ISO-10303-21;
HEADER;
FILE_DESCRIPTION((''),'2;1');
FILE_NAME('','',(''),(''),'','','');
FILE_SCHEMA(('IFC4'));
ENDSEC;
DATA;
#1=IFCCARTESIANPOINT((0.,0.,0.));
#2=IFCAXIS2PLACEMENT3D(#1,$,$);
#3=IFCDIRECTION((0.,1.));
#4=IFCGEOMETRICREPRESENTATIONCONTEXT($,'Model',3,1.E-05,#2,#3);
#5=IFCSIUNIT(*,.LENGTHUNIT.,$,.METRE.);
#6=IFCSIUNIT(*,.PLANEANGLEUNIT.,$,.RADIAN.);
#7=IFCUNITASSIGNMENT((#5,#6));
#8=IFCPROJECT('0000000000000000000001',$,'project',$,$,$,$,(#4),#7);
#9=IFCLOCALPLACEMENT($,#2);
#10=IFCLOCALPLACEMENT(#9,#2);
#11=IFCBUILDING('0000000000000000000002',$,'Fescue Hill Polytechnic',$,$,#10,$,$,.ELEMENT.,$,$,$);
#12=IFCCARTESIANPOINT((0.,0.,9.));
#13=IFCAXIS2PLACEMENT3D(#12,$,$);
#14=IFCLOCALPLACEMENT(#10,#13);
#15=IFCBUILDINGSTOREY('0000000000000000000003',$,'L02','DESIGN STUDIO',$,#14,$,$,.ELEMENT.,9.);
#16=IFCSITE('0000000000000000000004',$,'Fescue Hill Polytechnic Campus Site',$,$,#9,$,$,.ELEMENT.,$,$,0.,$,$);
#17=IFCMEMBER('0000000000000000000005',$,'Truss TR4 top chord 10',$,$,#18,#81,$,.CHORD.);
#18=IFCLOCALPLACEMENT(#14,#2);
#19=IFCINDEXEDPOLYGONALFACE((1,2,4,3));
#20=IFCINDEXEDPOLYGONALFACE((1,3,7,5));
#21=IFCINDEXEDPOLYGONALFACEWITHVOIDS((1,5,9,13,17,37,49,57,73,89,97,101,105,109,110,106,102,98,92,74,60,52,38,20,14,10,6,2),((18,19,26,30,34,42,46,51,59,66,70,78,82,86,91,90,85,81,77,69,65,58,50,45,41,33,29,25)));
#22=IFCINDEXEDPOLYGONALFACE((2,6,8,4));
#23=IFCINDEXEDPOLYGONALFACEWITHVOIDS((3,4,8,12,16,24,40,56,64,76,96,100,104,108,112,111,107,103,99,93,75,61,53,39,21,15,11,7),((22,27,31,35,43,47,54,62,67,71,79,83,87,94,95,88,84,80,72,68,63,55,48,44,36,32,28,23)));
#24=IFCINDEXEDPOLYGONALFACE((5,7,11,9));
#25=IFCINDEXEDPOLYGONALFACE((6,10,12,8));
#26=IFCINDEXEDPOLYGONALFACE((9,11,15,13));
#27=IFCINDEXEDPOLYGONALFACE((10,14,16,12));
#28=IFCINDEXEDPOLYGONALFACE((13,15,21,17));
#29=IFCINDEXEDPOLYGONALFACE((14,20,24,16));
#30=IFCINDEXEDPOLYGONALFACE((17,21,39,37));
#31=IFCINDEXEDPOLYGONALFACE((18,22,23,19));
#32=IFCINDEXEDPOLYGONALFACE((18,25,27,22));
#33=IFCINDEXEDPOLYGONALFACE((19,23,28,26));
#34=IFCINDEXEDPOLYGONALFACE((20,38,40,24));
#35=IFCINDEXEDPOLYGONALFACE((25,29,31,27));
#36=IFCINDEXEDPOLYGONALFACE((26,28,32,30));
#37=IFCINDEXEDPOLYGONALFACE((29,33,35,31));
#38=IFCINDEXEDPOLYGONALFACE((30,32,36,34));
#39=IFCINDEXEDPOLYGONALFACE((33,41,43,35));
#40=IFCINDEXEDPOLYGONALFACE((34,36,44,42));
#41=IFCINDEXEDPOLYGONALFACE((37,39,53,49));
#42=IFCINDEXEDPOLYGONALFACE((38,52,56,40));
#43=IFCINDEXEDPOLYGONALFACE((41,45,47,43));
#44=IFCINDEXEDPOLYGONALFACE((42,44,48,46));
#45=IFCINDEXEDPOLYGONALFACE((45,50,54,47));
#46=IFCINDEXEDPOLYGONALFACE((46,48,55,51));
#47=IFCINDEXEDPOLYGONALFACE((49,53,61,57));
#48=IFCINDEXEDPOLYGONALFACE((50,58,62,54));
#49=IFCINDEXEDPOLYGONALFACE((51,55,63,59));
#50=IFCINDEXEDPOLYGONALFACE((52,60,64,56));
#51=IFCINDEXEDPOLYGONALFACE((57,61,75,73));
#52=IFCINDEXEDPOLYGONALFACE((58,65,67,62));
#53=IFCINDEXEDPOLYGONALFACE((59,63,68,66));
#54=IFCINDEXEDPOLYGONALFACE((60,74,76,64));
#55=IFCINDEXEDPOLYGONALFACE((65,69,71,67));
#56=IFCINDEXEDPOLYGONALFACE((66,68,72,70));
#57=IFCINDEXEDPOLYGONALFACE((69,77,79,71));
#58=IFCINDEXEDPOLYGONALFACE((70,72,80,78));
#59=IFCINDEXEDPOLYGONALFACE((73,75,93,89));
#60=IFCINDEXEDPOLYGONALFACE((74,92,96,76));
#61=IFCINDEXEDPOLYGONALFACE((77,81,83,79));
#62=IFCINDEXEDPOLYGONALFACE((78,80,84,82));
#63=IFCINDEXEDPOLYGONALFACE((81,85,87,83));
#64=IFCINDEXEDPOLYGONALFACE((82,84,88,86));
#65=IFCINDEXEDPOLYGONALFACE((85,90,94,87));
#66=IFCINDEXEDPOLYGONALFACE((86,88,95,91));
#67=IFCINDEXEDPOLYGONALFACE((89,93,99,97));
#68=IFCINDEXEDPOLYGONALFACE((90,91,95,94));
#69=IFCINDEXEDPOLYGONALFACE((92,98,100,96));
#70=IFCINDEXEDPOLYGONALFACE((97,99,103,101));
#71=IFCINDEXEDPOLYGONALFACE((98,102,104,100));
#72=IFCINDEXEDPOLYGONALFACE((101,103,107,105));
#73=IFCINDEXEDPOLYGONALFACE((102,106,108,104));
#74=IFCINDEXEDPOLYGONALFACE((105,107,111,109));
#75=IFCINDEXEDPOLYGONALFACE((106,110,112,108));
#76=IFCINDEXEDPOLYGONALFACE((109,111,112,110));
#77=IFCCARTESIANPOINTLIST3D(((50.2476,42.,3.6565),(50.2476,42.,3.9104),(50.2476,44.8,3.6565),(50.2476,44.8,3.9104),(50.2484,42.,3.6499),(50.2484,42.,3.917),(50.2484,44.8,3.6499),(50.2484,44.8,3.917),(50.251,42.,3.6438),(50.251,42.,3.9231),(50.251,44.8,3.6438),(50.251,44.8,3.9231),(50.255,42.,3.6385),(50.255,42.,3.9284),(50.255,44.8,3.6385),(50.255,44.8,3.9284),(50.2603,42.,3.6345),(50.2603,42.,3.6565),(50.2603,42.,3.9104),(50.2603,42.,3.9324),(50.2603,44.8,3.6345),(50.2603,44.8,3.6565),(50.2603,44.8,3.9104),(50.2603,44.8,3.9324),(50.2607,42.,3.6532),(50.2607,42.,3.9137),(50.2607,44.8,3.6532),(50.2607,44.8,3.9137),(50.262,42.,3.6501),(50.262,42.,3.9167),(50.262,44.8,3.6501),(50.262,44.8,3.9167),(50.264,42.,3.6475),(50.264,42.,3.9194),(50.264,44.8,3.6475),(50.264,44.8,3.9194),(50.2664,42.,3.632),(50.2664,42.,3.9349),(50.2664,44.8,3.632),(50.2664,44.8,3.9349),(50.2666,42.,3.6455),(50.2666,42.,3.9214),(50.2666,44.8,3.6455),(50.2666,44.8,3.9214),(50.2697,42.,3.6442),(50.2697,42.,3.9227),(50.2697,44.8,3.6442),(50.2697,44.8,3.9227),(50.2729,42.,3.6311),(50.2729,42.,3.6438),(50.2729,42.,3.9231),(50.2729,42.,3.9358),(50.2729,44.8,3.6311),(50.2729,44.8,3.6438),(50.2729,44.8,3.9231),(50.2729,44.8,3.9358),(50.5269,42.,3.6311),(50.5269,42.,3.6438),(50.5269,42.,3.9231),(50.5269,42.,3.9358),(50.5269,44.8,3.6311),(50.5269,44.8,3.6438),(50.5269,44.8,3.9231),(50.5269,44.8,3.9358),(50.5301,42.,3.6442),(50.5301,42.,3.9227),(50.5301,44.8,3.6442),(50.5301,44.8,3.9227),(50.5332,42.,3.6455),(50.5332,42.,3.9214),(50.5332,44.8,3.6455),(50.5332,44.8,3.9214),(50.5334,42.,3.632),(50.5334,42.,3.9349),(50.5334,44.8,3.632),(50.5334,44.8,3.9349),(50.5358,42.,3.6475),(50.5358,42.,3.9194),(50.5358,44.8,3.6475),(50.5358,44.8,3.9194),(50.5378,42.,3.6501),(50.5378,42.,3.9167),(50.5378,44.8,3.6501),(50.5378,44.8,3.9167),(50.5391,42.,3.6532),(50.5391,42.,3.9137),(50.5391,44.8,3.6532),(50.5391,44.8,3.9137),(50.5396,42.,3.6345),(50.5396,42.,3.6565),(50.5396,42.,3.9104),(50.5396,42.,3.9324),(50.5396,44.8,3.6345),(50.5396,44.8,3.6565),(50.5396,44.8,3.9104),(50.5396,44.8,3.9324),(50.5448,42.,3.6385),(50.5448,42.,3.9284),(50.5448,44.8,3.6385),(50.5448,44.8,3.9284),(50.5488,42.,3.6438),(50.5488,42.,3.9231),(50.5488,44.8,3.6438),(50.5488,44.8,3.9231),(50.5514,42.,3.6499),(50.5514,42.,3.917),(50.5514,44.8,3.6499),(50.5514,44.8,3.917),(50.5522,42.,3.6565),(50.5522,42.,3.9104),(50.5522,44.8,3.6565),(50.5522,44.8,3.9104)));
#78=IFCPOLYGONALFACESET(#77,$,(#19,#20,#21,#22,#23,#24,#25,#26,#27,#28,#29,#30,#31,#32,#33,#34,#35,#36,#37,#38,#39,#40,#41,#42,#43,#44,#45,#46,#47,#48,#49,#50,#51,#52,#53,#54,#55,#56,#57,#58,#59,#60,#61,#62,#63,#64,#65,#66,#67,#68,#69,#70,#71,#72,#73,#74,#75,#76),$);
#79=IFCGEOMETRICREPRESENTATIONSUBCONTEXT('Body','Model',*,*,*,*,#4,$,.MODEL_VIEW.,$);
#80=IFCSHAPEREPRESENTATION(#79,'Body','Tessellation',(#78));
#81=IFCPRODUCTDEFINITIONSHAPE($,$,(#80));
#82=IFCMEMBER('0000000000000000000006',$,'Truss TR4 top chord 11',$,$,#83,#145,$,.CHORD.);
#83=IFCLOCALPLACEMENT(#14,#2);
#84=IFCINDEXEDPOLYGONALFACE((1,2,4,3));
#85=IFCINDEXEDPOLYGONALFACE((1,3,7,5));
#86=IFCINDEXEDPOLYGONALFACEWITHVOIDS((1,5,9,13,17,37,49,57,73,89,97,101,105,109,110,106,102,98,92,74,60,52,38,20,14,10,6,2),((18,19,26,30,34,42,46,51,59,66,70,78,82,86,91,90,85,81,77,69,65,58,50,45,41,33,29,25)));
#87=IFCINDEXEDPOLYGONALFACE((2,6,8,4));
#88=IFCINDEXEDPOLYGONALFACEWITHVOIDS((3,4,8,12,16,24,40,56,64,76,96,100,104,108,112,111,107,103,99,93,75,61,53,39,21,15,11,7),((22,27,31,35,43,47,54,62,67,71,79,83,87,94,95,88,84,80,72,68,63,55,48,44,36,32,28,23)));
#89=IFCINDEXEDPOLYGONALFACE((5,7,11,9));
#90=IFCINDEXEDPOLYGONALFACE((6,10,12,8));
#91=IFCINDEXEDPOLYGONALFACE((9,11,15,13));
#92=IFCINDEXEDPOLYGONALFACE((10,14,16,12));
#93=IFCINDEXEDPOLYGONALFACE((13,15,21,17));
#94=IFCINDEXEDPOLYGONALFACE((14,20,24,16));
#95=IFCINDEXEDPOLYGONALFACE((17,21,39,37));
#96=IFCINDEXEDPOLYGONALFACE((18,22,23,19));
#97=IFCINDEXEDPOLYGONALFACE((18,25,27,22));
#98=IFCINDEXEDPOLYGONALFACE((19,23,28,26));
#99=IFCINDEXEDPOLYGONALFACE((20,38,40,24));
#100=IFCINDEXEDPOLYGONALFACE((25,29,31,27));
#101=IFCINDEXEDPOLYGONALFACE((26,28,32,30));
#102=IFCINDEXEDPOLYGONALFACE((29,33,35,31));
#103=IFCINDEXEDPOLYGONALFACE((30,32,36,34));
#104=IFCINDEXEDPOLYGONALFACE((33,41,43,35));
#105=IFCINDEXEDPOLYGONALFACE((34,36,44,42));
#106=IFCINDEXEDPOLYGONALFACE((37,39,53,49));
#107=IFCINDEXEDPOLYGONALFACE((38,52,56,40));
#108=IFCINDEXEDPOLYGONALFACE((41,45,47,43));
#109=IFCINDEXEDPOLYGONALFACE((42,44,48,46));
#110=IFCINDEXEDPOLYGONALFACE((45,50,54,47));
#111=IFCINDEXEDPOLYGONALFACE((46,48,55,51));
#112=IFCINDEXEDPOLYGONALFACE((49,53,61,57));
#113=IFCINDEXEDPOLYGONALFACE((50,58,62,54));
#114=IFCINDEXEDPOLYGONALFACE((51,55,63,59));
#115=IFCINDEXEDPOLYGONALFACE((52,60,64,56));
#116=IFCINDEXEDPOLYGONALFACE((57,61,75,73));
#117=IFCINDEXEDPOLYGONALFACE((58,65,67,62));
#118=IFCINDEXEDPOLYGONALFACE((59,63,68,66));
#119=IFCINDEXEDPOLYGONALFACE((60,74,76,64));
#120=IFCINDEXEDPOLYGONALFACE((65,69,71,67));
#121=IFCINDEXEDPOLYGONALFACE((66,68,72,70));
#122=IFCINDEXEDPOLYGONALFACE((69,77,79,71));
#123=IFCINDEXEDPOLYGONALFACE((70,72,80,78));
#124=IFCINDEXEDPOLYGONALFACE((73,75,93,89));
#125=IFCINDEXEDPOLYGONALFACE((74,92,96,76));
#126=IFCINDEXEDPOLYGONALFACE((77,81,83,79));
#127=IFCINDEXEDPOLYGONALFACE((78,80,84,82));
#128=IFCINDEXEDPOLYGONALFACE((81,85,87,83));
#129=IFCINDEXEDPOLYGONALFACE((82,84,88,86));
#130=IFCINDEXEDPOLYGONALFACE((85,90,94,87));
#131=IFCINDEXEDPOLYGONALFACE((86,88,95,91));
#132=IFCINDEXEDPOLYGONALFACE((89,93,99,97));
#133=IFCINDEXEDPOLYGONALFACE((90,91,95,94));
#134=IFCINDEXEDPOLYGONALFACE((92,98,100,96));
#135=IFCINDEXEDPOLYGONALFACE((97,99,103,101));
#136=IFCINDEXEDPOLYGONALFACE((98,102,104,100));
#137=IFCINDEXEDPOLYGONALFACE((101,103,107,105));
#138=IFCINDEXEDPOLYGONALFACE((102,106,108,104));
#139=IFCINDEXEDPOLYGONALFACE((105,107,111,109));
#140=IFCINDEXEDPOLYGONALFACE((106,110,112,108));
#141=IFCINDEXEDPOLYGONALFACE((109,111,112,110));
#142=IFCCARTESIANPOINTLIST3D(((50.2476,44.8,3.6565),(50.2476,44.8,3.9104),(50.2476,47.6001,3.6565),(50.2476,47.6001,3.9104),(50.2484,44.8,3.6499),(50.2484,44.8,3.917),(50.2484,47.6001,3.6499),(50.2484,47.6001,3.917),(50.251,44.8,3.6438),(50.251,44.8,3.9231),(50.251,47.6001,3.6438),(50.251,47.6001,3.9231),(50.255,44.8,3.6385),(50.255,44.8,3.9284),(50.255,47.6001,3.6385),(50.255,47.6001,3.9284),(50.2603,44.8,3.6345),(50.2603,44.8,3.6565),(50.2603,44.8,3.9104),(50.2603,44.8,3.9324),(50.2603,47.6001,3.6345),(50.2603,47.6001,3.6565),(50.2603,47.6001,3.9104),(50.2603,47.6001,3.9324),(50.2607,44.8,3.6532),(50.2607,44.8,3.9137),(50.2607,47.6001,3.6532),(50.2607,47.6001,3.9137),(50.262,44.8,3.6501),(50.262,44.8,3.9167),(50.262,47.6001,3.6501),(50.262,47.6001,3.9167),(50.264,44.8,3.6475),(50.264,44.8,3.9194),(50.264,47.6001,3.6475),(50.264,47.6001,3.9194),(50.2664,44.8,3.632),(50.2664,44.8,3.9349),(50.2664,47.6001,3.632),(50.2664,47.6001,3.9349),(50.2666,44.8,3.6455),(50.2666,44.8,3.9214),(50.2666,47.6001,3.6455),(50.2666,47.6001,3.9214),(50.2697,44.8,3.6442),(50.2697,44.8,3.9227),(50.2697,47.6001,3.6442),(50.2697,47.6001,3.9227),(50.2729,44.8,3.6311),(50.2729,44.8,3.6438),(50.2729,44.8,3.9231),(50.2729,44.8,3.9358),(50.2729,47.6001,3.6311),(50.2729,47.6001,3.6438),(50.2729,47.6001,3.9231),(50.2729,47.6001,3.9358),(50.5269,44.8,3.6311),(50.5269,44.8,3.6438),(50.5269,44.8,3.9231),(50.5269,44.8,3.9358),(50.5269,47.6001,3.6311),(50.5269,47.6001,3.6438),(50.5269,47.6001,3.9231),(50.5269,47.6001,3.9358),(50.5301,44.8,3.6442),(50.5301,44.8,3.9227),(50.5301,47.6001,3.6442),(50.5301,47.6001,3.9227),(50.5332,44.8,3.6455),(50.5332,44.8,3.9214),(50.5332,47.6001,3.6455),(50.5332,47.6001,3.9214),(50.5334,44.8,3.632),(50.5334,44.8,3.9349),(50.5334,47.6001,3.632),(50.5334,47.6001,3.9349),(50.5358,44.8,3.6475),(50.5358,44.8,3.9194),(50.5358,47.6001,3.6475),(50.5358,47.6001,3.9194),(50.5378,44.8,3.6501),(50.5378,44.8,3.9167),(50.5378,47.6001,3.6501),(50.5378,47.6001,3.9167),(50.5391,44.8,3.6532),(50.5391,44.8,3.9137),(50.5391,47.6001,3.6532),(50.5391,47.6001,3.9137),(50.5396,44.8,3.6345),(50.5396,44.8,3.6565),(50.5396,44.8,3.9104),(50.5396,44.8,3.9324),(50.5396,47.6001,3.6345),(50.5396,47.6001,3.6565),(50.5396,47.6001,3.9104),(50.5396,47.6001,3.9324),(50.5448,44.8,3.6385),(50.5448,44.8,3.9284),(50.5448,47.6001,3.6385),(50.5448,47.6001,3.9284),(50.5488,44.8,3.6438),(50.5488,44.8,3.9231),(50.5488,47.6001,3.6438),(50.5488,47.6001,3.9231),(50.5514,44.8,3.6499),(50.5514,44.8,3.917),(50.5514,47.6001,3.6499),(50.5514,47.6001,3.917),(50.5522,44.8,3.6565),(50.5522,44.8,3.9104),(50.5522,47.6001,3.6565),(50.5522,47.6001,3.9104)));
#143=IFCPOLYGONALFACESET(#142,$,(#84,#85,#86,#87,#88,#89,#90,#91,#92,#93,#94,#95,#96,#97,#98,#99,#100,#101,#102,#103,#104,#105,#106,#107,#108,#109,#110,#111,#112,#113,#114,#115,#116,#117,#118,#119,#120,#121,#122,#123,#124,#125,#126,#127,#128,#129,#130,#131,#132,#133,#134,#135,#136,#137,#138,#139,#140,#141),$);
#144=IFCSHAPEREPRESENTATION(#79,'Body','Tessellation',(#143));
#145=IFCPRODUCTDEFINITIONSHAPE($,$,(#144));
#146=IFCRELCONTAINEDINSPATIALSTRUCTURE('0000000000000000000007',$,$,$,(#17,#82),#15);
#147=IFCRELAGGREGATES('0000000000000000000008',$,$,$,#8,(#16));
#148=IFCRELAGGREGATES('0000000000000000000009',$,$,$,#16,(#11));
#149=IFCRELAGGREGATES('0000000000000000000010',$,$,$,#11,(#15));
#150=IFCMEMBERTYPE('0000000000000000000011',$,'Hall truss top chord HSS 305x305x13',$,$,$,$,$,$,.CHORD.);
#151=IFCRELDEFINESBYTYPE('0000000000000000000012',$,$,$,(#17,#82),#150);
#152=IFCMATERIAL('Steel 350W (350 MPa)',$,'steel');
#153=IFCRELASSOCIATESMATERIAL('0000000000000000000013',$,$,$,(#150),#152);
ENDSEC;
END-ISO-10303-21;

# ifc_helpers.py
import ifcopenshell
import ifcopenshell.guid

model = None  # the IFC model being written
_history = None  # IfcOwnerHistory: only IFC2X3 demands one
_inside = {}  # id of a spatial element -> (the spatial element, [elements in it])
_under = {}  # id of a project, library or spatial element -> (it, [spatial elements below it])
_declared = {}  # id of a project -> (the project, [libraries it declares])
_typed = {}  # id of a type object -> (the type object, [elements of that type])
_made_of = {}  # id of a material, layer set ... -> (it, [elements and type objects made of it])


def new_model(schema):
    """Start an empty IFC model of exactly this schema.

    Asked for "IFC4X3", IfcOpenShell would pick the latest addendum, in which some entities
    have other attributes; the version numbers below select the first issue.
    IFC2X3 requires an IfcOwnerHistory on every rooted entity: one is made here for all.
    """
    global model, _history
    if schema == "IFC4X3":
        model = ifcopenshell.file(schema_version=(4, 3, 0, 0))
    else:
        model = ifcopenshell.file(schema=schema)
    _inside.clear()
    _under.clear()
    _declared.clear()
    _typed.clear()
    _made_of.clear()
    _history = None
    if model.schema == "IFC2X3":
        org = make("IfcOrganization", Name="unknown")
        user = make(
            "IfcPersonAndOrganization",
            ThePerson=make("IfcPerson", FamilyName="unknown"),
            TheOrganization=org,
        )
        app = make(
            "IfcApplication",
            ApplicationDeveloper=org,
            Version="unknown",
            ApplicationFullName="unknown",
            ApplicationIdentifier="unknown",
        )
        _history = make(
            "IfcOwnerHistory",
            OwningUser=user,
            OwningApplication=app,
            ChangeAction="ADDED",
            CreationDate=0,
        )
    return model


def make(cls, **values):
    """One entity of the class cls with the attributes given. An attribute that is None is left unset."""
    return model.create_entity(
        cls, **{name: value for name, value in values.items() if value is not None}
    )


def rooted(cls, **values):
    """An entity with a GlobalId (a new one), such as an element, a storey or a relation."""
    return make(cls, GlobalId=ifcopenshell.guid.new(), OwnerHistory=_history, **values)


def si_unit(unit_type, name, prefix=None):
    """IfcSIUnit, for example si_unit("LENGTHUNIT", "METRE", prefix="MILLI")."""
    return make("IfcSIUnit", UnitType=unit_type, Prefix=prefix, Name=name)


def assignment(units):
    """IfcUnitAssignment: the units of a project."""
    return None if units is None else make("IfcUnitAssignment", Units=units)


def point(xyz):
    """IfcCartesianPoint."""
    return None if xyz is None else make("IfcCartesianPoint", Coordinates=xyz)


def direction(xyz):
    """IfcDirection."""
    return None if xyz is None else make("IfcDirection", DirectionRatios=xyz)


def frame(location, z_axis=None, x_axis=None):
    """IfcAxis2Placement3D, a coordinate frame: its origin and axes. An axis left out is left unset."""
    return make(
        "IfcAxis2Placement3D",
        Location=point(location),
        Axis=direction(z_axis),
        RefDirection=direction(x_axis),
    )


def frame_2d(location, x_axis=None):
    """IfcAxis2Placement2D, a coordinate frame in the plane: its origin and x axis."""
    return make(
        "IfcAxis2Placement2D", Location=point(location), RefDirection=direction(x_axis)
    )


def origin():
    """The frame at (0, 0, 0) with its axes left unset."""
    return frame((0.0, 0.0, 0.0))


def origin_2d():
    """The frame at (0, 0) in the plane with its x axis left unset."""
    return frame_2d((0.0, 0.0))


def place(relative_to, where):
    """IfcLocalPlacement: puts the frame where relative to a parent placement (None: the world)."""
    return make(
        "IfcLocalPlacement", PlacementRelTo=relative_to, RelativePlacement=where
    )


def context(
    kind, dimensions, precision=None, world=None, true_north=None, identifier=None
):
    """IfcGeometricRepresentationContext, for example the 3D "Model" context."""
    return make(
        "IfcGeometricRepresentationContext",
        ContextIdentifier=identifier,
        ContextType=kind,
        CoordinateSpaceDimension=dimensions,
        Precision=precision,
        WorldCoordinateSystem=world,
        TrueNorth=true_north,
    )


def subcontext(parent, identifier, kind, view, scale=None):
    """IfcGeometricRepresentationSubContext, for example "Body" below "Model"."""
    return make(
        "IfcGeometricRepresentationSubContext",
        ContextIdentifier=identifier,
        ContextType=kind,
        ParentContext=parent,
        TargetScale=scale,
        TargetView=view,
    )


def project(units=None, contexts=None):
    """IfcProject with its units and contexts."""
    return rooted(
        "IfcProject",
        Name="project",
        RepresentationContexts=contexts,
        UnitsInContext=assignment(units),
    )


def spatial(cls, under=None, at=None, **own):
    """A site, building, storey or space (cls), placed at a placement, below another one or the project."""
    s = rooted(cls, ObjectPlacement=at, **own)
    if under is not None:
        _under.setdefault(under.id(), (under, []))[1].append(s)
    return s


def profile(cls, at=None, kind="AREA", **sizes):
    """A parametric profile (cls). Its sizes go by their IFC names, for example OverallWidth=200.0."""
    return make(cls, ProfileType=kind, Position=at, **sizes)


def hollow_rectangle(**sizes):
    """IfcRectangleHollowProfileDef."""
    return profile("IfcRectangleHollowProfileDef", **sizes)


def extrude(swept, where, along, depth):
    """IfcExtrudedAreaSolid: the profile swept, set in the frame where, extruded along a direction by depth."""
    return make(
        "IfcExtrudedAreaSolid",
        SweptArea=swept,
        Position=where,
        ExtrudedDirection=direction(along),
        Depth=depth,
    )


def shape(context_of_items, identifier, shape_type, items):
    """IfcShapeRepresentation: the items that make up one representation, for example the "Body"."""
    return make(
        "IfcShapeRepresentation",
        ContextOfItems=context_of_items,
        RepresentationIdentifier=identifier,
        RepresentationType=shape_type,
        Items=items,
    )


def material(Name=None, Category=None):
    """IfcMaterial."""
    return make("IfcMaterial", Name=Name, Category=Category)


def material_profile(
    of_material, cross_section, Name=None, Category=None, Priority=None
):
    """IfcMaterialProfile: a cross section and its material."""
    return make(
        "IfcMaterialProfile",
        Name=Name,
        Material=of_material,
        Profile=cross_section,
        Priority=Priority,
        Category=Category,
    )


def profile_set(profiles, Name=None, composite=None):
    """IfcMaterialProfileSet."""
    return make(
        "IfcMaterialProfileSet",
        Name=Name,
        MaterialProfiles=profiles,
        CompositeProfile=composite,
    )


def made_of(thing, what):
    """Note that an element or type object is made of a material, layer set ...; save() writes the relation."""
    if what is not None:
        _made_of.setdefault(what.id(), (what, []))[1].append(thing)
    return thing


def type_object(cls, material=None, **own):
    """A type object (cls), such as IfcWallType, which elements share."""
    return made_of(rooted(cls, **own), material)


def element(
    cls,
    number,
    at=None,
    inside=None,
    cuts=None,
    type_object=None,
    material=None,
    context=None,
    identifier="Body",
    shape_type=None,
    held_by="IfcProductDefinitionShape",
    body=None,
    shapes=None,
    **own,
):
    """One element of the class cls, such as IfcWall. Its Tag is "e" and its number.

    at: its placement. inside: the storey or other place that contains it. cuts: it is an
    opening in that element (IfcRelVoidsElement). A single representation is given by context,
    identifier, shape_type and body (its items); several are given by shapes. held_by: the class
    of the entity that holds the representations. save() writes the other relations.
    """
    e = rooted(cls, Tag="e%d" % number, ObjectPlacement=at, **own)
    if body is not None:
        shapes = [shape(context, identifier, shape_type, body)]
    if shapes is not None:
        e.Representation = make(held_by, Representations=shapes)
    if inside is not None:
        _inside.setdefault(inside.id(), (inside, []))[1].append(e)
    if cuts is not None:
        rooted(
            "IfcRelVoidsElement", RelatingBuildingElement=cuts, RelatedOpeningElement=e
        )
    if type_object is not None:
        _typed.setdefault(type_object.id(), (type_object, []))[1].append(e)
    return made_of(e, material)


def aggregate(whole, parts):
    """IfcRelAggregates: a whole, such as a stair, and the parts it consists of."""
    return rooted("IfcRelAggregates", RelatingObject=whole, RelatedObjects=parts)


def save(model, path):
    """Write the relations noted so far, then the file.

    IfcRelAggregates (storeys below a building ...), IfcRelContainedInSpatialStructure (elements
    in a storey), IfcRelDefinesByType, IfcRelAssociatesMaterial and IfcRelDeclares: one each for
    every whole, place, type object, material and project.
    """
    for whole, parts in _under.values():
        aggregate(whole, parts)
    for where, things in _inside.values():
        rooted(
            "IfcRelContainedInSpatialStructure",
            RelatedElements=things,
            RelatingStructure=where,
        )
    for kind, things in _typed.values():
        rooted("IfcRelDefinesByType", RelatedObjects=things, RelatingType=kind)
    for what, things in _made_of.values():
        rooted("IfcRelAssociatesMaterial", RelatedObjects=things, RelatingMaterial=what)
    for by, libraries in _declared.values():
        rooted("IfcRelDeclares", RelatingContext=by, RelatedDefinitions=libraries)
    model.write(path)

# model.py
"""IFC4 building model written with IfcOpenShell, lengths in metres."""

from ifc_helpers import new_model, si_unit, direction, frame, origin, origin_2d, place, context, subcontext, project, spatial, hollow_rectangle, extrude, material, material_profile, profile_set, type_object, element, save


model = new_model("IFC4")

# Units and contexts
model_context = context("Model", 3, precision=1e-05, world=origin(), true_north=direction((0.0, 1.0)))
body_context = subcontext(model_context, "Body", "Model", "MODEL_VIEW")
ifc_project = project(units=[si_unit("LENGTHUNIT", "METRE"), si_unit("PLANEANGLEUNIT", "RADIAN")], contexts=[model_context])

# Site, building, storey
site_placement = place(None, origin())
site = spatial("IfcSite", under=ifc_project, at=site_placement, Name="Fescue Hill Polytechnic Campus Site", CompositionType="ELEMENT", RefElevation=0.0)
building_placement = place(site_placement, origin())
building = spatial("IfcBuilding", under=site, at=building_placement, Name="Fescue Hill Polytechnic", CompositionType="ELEMENT")
storey_placement = place(building_placement, frame((0.0, 0.0, 9.0)))
storey = spatial("IfcBuildingStorey", under=building, at=storey_placement, Name="L02", Description="DESIGN STUDIO", CompositionType="ELEMENT", Elevation=9.0)

# Members
ifc_material = material(Name="Steel 350W (350 MPa)", Category="steel")
ifc_material_profile_1 = material_profile(ifc_material, hollow_rectangle(XDim=0.3047, YDim=0.3047, WallThickness=0.0127, InnerFilletRadius=0.0127, OuterFilletRadius=0.0254, at=origin_2d()), Name="Hall truss top chord HSS 305x305x13")
ifc_profile_set_1 = profile_set([ifc_material_profile_1], Name="Steel 350W (350 MPa)")
member_type_1 = type_object("IfcMemberType", Name="Hall truss top chord HSS 305x305x13", PredefinedType="CHORD", material=ifc_profile_set_1)
for number, where, z_axis, x_axis, name in (
    (1, (50.3999, 42.0, 3.7834), (0.0, 1.0, 0.0), (-1.0, 0.0, 0.0), "Truss TR4 top chord 10"),
    (2, (50.3999, 44.8, 3.7834), (0.0, 1.0, 0.0), (-1.0, 0.0, 0.0), "Truss TR4 top chord 11"),
):
    element("IfcMember", number, at=place(storey_placement, frame(where, z_axis=z_axis, x_axis=x_axis)), inside=storey, type_object=member_type_1, Name=name, PredefinedType="CHORD", context=body_context, shape_type="SweptSolid", body=[
        extrude(hollow_rectangle(XDim=0.3047, YDim=0.3047, WallThickness=0.0127, InnerFilletRadius=0.0127, OuterFilletRadius=0.0254, at=origin_2d()), origin(), (0.0, 0.0, 1.0), 2.8),
    ])

save(model, "model.ifc")
